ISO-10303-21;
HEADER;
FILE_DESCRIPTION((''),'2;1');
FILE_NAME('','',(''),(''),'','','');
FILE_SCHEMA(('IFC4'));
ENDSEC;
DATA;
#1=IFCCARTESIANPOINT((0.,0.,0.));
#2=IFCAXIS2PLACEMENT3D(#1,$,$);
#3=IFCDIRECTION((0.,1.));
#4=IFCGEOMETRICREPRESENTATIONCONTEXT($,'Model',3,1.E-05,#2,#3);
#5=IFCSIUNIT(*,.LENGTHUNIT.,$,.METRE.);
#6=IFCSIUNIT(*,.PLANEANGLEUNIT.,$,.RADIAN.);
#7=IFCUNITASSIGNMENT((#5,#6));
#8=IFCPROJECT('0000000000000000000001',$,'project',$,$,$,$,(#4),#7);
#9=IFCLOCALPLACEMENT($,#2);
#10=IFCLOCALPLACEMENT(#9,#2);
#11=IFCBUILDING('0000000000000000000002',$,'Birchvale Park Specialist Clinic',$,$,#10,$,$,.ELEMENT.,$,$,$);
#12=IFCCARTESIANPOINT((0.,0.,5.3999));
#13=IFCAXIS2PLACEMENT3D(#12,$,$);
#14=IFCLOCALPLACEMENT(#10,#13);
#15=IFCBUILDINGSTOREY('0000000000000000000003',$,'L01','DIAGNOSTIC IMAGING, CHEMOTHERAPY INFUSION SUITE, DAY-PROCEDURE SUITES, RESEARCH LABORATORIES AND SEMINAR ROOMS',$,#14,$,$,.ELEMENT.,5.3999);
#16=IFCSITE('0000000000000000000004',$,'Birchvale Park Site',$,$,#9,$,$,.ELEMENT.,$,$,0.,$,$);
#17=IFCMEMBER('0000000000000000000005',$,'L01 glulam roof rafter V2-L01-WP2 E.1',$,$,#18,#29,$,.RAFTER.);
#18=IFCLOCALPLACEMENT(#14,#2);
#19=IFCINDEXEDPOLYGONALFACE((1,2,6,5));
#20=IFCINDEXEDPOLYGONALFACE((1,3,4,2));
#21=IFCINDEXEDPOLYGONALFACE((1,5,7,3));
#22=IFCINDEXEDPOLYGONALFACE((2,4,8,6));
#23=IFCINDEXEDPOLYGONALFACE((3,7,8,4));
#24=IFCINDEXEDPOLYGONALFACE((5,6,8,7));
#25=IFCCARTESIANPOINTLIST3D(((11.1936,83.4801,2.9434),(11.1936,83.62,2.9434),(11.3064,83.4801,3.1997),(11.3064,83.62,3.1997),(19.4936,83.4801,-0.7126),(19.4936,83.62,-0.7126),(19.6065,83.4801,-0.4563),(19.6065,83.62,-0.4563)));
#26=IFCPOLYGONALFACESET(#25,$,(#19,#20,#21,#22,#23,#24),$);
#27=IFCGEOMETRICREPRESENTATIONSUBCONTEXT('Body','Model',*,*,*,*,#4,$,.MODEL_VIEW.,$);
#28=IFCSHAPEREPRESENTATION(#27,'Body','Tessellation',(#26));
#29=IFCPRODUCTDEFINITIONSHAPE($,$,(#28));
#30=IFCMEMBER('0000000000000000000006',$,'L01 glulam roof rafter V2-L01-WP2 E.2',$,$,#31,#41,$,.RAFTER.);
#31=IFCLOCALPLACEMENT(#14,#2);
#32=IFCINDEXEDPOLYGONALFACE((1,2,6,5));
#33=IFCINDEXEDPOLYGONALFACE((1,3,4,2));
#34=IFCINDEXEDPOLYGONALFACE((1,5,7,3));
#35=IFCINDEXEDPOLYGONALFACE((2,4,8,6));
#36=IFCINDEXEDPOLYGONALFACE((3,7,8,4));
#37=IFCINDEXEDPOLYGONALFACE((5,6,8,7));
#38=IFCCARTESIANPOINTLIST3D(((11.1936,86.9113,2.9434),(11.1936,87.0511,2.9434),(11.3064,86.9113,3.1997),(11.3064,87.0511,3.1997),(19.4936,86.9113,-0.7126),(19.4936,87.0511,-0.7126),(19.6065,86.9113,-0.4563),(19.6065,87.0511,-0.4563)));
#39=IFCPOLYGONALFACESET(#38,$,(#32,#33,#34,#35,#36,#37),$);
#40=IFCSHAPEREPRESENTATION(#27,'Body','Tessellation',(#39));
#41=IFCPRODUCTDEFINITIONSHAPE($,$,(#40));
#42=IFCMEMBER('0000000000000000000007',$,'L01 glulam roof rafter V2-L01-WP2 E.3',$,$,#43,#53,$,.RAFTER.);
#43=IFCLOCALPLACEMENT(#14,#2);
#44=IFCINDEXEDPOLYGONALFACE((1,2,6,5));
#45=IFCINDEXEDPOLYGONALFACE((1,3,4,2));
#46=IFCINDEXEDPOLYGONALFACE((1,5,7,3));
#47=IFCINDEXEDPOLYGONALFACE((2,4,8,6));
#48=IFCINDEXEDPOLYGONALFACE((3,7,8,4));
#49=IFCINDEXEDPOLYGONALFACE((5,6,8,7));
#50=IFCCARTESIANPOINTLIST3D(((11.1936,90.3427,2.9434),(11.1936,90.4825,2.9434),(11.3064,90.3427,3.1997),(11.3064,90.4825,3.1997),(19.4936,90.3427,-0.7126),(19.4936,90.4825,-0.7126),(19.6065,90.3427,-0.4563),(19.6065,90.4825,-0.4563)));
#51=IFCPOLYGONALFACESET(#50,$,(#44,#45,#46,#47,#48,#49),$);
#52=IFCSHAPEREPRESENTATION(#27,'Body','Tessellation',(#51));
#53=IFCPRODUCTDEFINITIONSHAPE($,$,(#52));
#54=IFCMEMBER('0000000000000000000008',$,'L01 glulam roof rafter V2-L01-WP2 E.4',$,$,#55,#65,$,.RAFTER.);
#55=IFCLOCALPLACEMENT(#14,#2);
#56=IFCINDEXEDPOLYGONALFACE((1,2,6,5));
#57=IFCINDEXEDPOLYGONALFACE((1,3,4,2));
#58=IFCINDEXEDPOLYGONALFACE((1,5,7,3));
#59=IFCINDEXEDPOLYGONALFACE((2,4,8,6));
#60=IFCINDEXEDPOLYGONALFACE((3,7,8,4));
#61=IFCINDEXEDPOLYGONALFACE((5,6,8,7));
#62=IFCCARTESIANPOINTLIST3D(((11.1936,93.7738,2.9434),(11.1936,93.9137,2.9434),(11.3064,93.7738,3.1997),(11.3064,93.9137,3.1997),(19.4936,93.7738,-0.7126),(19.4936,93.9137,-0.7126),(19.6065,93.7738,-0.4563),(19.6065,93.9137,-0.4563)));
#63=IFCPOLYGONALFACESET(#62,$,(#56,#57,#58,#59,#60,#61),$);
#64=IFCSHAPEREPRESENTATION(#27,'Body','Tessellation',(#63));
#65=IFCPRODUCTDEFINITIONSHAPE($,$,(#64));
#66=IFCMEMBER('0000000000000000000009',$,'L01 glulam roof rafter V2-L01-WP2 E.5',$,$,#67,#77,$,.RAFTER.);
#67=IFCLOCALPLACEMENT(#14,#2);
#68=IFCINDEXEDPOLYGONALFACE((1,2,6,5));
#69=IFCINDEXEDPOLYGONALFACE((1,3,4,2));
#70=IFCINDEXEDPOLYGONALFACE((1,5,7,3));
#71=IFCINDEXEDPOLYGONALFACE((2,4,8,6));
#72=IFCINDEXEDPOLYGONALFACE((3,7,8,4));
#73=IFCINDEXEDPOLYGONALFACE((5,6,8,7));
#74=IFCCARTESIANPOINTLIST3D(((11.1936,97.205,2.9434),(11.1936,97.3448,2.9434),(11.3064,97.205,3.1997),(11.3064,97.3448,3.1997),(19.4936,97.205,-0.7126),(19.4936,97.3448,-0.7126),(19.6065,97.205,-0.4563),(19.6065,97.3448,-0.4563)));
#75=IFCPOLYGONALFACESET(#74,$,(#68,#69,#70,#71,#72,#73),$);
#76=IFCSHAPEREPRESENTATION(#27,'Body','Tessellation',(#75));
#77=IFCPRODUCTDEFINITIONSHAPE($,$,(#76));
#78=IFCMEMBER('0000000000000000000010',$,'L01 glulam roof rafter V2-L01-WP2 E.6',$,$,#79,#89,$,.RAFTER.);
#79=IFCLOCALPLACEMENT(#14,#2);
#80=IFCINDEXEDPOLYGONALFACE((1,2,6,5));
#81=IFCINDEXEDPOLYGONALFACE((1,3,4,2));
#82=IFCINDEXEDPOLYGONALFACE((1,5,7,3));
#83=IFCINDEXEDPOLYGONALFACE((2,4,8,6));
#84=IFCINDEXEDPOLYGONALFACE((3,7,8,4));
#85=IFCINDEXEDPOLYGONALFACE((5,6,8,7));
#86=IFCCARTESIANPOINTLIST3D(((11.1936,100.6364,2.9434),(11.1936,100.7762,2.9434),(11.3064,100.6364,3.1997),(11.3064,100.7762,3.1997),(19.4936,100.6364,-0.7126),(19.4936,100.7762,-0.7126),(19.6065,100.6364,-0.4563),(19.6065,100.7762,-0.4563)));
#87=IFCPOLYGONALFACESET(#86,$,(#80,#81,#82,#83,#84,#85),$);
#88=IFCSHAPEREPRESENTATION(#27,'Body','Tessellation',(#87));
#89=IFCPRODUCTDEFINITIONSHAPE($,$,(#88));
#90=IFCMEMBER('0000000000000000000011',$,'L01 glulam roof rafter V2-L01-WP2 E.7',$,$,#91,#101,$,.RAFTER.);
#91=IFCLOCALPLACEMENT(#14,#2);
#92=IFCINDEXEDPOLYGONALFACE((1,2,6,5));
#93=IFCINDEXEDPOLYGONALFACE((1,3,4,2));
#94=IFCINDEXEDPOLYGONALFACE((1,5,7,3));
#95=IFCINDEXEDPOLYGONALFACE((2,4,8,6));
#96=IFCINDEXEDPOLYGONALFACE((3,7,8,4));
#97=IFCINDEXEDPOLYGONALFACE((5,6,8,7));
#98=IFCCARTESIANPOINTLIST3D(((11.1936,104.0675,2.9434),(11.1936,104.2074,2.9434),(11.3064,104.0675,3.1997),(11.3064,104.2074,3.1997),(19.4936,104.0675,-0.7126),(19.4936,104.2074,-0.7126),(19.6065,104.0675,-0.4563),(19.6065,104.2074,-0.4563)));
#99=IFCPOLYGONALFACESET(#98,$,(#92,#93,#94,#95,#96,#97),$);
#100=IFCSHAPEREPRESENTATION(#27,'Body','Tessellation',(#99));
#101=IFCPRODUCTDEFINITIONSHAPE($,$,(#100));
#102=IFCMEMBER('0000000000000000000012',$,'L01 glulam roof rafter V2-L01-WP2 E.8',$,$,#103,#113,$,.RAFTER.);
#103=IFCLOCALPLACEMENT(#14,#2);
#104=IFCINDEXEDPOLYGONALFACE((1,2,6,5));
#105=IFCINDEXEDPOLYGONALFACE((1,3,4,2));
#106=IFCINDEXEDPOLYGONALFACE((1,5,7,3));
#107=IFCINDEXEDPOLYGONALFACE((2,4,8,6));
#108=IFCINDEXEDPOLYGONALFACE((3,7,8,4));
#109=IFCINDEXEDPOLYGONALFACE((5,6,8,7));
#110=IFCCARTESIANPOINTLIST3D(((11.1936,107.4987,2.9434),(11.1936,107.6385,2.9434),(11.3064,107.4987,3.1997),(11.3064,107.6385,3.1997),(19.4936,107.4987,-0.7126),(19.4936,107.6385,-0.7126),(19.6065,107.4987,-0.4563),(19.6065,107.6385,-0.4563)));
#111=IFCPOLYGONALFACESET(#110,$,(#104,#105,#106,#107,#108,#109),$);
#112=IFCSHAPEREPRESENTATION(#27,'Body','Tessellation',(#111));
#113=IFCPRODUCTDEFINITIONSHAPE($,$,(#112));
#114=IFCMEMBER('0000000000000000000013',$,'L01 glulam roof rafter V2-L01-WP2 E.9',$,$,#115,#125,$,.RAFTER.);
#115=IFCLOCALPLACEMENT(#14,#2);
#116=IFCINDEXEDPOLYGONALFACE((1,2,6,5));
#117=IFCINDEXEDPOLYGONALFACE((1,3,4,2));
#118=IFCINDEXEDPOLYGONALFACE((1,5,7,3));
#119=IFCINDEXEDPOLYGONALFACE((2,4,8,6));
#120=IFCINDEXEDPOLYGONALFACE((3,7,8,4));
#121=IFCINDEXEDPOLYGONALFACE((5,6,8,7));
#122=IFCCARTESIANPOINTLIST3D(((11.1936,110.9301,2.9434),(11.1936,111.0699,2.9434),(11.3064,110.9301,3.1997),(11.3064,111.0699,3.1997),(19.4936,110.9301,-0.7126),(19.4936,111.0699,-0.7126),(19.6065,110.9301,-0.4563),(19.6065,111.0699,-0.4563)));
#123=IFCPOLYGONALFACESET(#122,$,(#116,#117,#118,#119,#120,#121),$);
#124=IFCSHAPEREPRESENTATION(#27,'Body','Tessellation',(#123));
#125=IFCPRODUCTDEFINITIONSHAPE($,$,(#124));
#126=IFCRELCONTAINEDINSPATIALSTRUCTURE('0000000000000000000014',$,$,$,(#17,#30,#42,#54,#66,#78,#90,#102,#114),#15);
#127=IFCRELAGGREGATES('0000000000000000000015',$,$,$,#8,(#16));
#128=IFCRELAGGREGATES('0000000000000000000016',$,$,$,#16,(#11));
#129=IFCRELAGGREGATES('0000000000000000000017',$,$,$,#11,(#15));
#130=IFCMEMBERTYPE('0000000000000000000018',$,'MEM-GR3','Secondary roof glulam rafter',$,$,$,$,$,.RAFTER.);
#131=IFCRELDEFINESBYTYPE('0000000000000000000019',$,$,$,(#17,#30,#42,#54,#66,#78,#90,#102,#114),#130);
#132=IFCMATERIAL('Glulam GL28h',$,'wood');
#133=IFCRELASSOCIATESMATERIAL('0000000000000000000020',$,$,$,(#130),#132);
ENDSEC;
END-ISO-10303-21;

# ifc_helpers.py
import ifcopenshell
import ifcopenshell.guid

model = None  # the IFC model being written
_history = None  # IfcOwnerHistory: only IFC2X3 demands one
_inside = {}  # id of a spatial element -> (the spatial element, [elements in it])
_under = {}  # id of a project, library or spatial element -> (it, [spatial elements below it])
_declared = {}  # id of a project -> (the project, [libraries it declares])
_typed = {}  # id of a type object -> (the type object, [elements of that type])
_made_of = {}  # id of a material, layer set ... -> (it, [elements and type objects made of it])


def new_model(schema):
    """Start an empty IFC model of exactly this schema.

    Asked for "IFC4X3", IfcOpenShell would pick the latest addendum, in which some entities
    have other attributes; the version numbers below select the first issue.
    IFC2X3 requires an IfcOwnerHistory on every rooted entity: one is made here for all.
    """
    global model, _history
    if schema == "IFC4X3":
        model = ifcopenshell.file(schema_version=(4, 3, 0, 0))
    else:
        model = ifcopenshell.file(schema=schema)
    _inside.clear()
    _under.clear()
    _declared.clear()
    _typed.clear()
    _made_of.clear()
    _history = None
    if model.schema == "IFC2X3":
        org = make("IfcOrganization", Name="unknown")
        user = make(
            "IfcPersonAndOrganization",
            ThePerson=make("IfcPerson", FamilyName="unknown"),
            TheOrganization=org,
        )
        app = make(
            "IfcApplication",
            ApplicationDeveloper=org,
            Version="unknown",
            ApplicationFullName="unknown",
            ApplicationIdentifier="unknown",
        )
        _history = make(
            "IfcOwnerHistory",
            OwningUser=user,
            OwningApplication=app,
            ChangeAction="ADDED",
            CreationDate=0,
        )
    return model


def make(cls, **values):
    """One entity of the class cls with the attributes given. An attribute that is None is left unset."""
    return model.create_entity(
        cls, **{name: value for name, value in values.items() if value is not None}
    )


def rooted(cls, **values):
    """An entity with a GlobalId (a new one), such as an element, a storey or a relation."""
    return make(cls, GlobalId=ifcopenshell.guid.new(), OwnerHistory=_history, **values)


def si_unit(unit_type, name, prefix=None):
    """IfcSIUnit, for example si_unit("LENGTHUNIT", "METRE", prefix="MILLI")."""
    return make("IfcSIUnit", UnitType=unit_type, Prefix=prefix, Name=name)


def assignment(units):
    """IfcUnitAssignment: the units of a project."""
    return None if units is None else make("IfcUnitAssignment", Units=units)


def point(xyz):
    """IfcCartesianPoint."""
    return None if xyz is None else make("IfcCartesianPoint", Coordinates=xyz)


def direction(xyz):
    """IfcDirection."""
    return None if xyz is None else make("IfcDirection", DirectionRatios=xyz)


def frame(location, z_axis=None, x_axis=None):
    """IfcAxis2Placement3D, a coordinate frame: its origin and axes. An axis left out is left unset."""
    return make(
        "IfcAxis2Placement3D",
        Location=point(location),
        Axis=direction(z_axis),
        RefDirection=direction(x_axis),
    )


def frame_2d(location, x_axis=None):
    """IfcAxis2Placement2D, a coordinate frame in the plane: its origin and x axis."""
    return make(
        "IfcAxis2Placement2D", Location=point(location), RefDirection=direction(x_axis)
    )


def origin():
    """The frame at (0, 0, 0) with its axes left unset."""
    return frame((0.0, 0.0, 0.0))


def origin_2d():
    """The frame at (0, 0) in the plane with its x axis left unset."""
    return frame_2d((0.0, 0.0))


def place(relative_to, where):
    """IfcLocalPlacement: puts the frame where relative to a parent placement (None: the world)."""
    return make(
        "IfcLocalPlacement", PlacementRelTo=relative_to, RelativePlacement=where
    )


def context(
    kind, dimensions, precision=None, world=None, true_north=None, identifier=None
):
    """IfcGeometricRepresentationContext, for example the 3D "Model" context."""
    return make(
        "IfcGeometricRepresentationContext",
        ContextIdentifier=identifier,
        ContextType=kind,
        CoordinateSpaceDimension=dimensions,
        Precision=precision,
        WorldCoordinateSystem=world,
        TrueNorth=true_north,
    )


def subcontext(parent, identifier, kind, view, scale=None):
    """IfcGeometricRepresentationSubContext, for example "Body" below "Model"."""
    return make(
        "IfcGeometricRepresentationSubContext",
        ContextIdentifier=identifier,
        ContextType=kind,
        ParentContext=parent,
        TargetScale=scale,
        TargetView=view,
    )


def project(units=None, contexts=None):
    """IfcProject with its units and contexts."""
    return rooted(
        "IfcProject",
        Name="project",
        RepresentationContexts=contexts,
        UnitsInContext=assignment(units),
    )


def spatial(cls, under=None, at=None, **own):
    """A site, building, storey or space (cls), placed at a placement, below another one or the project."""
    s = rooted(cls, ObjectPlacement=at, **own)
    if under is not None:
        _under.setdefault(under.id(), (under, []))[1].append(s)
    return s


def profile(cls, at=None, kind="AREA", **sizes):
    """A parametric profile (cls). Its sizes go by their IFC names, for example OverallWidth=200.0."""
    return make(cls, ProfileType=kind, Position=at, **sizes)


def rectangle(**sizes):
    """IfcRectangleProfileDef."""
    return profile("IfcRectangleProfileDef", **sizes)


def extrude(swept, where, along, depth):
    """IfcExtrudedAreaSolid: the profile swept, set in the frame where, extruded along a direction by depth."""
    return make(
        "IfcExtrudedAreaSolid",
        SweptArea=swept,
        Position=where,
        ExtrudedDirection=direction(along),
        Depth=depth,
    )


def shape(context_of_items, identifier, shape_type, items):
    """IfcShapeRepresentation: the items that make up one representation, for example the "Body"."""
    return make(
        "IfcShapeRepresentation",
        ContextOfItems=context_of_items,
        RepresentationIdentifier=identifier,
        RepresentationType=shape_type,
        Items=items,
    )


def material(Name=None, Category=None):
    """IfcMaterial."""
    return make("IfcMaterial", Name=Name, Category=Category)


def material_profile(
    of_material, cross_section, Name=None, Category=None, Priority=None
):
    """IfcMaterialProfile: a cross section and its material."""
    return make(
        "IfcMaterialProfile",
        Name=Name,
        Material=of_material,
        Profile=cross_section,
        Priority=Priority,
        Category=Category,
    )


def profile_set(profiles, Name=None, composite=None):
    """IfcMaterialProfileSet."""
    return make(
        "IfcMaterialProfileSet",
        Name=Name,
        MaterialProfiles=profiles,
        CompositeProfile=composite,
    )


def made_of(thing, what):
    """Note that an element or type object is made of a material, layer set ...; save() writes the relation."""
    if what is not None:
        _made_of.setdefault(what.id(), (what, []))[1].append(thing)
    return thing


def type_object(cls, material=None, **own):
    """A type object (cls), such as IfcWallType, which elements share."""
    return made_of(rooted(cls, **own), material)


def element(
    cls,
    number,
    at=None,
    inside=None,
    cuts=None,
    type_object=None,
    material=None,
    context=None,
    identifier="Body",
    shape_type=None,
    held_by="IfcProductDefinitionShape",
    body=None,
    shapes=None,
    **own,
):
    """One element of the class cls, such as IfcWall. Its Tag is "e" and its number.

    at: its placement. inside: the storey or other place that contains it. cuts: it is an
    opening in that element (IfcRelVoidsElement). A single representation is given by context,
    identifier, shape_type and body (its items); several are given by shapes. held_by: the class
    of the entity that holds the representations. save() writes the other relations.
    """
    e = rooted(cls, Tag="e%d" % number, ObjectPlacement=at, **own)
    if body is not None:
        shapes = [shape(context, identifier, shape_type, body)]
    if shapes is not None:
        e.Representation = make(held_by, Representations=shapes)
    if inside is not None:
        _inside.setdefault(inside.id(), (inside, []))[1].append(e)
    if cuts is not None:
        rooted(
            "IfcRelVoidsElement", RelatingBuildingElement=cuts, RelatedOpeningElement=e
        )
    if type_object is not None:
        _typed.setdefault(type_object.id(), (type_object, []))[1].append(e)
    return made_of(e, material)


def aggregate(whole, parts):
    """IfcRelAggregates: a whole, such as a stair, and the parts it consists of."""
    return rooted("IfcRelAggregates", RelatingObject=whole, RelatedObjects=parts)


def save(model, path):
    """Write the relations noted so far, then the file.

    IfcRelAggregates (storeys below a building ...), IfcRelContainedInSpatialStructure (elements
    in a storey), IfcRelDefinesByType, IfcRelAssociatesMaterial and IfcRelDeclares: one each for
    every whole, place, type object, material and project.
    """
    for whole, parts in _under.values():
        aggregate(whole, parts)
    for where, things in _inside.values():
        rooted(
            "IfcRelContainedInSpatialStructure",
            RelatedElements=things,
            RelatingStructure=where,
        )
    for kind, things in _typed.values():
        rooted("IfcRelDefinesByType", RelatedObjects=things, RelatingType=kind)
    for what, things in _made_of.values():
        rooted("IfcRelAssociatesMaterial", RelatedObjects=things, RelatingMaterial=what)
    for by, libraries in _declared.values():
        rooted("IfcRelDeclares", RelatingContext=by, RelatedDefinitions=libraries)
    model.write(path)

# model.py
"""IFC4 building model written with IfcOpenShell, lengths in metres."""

from ifc_helpers import new_model, si_unit, direction, frame, origin, origin_2d, place, context, subcontext, project, spatial, rectangle, extrude, material, material_profile, profile_set, type_object, element, save


model = new_model("IFC4")

# Units and contexts
model_context = context("Model", 3, precision=1e-05, world=origin(), true_north=direction((0.0, 1.0)))
body_context = subcontext(model_context, "Body", "Model", "MODEL_VIEW")
ifc_project = project(units=[si_unit("LENGTHUNIT", "METRE"), si_unit("PLANEANGLEUNIT", "RADIAN")], contexts=[model_context])

# Site, building, storey
site_placement = place(None, origin())
site = spatial("IfcSite", under=ifc_project, at=site_placement, Name="Birchvale Park Site", CompositionType="ELEMENT", RefElevation=0.0)
building_placement = place(site_placement, origin())
building = spatial("IfcBuilding", under=site, at=building_placement, Name="Birchvale Park Specialist Clinic", CompositionType="ELEMENT")
storey_placement = place(building_placement, frame((0.0, 0.0, 5.3999)))
storey = spatial("IfcBuildingStorey", under=building, at=storey_placement, Name="L01", Description="DIAGNOSTIC IMAGING, CHEMOTHERAPY INFUSION SUITE, DAY-PROCEDURE SUITES, RESEARCH LABORATORIES AND SEMINAR ROOMS", CompositionType="ELEMENT", Elevation=5.3999)

# Members
ifc_material_1 = material(Name="Glulam GL28h", Category="wood")
ifc_material_profile_1 = material_profile(ifc_material_1, rectangle(XDim=0.1399, YDim=0.28, at=origin_2d()), Name="GL-140x280")
ifc_profile_set_1 = profile_set([ifc_material_profile_1], Name="Glulam GL28h")
member_type_1 = type_object("IfcMemberType", Name="MEM-GR3", Description="Secondary roof glulam rafter", PredefinedType="RAFTER", material=ifc_profile_set_1)
for number, where, z_axis, x_axis, name in (
    (1, (11.25, 83.55, 3.0715), (0.915153, 0.0, -0.403107), (0.0, 1.0, 0.0), "L01 glulam roof rafter V2-L01-WP2 E.1"),
    (2, (11.25, 86.9812, 3.0715), (0.915153, 0.0, -0.403107), (0.0, 1.0, 0.0), "L01 glulam roof rafter V2-L01-WP2 E.2"),
    (3, (11.25, 90.4126, 3.0715), (0.915153, 0.0, -0.403107), (0.0, 1.0, 0.0), "L01 glulam roof rafter V2-L01-WP2 E.3"),
    (4, (11.25, 93.8438, 3.0715), (0.915153, 0.0, -0.403107), (0.0, 1.0, 0.0), "L01 glulam roof rafter V2-L01-WP2 E.4"),
    (5, (11.25, 97.2749, 3.0715), (0.915153, 0.0, -0.403107), (0.0, 1.0, 0.0), "L01 glulam roof rafter V2-L01-WP2 E.5"),
    (6, (11.25, 100.7063, 3.0715), (0.915153, 0.0, -0.403107), (0.0, 1.0, 0.0), "L01 glulam roof rafter V2-L01-WP2 E.6"),
    (7, (11.25, 104.1375, 3.0715), (0.915153, 0.0, -0.403107), (0.0, 1.0, 0.0), "L01 glulam roof rafter V2-L01-WP2 E.7"),
    (8, (11.25, 107.5686, 3.0715), (0.915153, 0.0, -0.403107), (0.0, 1.0, 0.0), "L01 glulam roof rafter V2-L01-WP2 E.8"),
    (9, (11.25, 111.0, 3.0715), (0.915153, 0.0, -0.403107), (0.0, 1.0, 0.0), "L01 glulam roof rafter V2-L01-WP2 E.9"),
):
    element("IfcMember", number, at=place(storey_placement, frame(where, z_axis=z_axis, x_axis=x_axis)), inside=storey, type_object=member_type_1, Name=name, PredefinedType="RAFTER", context=body_context, shape_type="SweptSolid", body=[
        extrude(rectangle(XDim=0.1399, YDim=0.28, at=origin_2d()), origin(), (0.0, 0.0, 1.0), 9.0696),
    ])

save(model, "model.ifc")
